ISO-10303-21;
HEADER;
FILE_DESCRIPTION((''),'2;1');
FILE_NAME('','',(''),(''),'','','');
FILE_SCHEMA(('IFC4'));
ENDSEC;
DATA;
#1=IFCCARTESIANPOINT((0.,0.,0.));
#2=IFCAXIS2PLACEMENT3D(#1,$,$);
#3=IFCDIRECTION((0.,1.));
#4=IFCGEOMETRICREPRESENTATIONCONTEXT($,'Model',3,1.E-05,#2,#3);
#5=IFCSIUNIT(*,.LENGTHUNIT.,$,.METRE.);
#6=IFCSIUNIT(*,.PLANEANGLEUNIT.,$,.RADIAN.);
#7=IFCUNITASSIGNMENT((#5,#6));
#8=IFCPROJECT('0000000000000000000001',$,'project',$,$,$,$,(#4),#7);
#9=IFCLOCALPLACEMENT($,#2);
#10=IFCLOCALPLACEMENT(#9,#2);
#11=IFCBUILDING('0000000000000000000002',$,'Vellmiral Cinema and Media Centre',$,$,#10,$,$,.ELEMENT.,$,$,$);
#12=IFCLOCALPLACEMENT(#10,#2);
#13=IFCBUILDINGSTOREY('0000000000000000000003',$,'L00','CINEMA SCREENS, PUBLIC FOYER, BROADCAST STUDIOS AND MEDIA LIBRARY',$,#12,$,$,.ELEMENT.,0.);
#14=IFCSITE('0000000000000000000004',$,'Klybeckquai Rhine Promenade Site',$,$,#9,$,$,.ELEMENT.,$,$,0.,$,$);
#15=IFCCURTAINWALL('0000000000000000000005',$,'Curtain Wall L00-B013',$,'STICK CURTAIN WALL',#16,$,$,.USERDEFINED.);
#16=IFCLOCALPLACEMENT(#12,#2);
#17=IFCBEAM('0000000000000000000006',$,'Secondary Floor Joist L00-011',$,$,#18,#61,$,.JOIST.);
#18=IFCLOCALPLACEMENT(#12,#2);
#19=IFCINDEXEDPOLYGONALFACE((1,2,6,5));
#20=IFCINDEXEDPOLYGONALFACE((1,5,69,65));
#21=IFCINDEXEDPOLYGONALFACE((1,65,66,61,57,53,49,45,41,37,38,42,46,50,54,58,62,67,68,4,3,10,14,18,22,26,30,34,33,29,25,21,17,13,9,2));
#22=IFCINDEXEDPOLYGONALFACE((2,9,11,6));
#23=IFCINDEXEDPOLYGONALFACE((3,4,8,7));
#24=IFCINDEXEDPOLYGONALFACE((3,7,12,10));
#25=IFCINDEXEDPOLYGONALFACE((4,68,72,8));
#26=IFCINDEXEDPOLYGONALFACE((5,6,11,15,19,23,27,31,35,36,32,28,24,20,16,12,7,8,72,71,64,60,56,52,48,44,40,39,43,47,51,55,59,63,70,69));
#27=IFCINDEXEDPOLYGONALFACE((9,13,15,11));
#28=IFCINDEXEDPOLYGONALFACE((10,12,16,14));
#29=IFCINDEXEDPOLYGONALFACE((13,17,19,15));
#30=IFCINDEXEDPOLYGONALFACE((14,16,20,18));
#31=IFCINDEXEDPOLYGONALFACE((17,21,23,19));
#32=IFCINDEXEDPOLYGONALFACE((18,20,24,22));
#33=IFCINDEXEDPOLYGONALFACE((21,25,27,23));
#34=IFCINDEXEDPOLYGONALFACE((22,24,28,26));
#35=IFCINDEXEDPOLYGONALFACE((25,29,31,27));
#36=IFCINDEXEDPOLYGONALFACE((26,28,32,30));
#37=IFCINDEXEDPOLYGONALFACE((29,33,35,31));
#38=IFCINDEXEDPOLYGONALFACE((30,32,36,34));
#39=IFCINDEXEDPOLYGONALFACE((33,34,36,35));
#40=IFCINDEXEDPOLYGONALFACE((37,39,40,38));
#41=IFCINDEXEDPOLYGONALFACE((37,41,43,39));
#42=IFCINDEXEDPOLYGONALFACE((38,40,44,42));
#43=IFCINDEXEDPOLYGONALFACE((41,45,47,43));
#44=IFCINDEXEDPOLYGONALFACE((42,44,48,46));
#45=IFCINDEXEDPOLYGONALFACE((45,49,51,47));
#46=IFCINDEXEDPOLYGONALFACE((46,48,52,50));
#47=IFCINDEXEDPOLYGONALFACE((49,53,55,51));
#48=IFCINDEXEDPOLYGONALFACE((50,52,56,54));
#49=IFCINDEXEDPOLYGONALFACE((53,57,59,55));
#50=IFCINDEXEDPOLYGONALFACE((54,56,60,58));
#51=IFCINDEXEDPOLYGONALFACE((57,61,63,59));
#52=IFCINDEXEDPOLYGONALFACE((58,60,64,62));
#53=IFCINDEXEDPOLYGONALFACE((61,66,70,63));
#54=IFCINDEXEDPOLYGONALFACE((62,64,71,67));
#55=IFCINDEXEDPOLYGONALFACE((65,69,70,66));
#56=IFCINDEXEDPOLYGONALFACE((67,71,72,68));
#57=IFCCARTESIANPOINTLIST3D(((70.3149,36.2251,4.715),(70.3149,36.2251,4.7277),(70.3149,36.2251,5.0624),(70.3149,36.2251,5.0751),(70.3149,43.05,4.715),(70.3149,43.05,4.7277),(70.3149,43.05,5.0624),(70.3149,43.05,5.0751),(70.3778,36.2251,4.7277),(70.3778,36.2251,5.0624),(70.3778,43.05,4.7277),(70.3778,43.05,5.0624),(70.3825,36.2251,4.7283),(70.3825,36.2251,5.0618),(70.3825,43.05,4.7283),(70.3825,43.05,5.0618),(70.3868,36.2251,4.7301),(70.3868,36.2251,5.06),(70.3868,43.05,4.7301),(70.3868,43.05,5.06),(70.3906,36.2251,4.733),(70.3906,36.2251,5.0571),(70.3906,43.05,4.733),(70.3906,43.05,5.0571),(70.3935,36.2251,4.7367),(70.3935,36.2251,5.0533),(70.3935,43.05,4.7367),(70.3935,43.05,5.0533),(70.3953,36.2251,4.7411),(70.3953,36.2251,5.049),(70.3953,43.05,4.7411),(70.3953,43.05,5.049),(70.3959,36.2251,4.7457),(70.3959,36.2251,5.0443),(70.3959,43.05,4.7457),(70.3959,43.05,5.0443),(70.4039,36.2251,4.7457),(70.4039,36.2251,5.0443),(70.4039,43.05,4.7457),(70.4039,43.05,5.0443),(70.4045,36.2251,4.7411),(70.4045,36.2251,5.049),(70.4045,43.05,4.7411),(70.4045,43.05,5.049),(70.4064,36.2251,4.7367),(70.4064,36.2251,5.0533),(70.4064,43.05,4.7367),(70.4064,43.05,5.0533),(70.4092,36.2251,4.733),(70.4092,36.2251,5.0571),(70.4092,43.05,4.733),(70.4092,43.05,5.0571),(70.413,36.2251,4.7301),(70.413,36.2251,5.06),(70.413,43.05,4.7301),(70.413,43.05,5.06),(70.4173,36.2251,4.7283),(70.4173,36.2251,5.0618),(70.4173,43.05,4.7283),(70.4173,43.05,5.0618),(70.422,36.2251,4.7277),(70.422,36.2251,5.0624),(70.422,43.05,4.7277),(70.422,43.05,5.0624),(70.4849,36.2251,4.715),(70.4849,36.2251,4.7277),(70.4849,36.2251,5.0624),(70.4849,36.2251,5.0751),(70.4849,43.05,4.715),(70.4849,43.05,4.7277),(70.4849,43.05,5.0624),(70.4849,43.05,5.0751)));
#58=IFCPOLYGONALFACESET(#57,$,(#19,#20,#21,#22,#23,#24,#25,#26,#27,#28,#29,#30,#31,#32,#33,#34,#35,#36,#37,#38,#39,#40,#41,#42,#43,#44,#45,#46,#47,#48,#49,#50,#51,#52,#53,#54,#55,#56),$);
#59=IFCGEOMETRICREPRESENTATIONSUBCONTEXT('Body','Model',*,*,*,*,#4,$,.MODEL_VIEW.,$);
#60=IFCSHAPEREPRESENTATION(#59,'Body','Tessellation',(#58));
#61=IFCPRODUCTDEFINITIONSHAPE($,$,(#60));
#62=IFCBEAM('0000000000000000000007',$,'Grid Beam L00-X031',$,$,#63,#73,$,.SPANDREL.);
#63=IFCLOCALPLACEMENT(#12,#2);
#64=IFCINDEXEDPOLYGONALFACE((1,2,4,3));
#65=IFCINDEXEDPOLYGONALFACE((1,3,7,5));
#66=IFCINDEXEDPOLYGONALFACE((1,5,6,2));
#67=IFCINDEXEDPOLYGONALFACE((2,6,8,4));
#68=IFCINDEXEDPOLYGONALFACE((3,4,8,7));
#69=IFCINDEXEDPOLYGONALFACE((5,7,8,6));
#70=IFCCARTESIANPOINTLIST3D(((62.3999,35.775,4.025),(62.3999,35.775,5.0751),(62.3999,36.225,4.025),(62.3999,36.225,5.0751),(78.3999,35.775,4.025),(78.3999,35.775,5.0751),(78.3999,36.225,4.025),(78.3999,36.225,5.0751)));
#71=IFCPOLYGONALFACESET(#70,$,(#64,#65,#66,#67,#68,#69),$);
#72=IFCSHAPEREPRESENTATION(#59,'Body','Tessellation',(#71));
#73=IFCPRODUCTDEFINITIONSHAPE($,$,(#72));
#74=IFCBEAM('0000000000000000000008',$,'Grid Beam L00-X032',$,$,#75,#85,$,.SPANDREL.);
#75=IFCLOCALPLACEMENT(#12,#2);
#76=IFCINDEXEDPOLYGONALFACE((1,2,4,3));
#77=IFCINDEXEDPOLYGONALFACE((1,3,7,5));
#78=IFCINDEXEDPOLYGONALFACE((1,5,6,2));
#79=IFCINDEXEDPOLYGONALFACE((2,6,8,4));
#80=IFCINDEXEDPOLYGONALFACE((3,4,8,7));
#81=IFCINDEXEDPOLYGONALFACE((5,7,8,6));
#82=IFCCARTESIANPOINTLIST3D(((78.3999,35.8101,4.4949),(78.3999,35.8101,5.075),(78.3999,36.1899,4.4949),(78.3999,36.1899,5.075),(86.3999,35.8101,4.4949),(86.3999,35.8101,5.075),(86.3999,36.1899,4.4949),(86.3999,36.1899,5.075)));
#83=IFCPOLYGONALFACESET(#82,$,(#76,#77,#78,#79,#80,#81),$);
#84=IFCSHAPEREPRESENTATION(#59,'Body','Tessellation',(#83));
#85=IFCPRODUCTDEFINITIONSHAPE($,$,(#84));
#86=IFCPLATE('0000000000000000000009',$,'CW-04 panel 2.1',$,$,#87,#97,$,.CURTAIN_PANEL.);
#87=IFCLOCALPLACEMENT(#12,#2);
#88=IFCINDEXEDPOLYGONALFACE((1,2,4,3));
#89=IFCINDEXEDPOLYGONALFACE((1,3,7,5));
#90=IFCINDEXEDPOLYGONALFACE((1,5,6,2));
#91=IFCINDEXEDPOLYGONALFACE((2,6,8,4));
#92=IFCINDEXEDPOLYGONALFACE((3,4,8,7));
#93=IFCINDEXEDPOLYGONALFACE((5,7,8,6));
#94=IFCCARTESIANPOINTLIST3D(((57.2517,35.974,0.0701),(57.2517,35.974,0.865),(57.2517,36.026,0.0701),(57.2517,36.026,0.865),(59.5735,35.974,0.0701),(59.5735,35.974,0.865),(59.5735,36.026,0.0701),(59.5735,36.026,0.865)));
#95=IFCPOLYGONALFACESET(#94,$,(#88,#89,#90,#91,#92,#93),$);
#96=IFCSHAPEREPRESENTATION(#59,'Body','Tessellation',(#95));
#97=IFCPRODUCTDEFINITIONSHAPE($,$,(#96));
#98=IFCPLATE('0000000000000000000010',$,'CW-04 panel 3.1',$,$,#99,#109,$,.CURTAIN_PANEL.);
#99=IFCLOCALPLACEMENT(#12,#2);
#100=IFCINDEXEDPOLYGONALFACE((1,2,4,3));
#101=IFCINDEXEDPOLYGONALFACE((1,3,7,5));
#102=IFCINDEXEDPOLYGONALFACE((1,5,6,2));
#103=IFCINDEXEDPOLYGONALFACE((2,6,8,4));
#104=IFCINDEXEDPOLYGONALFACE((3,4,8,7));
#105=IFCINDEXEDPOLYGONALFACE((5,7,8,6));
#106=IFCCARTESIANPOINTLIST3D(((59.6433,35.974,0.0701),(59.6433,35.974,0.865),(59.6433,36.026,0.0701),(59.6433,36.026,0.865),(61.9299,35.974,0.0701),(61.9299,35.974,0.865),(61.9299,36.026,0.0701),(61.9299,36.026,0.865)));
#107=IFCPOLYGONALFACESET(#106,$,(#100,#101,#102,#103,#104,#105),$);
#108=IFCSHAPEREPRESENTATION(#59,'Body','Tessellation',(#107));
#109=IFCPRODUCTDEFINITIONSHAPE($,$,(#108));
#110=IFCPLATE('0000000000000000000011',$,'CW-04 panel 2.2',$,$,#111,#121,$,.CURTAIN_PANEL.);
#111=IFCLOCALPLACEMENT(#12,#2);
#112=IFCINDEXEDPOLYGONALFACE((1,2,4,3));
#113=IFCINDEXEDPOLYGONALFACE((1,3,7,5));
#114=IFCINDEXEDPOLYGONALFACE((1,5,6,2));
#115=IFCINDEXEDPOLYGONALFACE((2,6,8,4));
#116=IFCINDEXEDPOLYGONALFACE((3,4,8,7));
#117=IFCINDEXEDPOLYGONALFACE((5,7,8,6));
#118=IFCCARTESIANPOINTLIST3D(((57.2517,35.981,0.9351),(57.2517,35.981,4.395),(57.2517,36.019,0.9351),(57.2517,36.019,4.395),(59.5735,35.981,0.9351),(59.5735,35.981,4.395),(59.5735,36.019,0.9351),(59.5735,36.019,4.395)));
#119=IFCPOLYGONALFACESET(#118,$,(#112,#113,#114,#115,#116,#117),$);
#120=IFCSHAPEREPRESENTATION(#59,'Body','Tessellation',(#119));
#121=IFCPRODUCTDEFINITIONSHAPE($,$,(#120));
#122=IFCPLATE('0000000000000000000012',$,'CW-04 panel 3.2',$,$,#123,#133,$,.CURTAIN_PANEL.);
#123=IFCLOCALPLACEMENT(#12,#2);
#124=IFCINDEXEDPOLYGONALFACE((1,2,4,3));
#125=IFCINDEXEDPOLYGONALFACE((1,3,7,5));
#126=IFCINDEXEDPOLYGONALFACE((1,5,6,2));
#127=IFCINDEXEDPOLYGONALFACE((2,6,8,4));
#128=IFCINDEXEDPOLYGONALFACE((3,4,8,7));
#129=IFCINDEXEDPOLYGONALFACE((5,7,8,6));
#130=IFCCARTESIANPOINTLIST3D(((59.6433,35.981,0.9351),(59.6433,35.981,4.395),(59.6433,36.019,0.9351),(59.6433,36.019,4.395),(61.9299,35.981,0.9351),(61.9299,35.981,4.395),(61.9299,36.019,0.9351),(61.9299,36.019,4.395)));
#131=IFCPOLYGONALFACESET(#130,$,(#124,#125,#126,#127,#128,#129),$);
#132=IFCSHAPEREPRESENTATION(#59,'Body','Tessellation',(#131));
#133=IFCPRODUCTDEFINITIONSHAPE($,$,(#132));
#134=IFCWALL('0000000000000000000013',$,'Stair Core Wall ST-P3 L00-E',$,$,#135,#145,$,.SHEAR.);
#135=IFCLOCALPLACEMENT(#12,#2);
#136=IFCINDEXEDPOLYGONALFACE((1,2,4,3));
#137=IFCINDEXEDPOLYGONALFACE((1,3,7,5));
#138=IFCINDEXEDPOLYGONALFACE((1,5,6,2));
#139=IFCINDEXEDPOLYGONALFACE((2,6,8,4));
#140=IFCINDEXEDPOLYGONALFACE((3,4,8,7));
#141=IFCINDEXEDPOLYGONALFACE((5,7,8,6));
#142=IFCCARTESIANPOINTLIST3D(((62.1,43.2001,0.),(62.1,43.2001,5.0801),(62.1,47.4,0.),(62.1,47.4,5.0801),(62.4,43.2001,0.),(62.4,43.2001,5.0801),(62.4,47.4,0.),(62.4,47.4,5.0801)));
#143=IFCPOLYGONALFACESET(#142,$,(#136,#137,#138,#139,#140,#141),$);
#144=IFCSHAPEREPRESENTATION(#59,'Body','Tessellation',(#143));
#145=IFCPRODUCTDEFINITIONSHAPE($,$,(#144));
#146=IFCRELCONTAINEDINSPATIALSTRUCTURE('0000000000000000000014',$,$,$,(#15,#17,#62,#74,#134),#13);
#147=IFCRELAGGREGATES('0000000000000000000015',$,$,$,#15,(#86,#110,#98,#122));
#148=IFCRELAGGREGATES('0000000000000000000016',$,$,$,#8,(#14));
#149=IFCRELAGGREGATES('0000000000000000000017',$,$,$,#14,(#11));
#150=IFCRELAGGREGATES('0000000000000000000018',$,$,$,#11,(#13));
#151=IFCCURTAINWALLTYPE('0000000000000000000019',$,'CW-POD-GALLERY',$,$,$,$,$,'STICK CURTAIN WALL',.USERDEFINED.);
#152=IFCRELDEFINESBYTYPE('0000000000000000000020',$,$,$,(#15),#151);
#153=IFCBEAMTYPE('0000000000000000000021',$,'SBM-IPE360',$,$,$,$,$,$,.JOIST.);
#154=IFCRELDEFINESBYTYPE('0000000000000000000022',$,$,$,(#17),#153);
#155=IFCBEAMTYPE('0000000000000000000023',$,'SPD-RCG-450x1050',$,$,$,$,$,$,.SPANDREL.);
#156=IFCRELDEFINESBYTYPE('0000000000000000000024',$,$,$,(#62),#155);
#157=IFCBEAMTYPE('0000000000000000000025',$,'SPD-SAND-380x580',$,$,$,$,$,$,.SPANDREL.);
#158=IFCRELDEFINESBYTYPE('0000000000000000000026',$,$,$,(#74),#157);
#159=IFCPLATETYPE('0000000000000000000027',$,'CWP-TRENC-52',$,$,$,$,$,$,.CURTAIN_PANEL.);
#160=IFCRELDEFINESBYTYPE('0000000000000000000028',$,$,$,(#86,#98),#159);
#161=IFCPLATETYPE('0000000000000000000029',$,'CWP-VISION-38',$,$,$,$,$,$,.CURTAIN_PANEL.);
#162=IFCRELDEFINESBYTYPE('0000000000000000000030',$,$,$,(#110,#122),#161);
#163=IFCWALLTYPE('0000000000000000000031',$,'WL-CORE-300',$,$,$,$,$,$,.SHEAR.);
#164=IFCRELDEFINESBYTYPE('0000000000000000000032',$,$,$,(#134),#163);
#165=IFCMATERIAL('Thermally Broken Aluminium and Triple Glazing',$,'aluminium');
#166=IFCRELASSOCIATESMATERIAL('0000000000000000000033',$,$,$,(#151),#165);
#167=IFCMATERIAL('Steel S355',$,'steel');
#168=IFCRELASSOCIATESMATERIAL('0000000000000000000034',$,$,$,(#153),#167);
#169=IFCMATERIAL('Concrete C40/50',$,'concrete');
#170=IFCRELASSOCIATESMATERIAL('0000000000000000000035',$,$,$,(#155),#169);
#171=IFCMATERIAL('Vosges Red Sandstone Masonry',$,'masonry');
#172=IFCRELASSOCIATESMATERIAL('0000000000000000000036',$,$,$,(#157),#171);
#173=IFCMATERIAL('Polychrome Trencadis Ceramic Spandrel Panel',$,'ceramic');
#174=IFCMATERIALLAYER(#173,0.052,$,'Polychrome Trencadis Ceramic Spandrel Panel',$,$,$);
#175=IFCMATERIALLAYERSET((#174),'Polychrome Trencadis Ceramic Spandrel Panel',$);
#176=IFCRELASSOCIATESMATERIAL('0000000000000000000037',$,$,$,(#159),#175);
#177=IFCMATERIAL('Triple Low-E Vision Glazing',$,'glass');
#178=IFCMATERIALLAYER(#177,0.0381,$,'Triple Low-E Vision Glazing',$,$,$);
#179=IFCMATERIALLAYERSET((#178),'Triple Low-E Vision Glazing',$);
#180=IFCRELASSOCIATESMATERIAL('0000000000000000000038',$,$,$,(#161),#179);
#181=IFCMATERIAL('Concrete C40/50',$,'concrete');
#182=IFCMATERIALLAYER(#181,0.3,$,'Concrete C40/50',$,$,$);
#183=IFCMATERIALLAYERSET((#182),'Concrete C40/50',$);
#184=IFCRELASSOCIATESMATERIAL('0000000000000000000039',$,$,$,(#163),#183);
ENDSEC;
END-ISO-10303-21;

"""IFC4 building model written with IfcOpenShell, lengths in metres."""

from ifc_helpers import new_model, si_unit, direction, frame, frame_2d, origin, origin_2d, place, context, subcontext, project, spatial, rectangle, i_section, extrude, material, layer, layer_set, material_profile, profile_set, type_object, element, aggregate, save


model = new_model("IFC4")

# Units and contexts
model_context = context("Model", 3, precision=1e-05, world=origin(), true_north=direction((0.0, 1.0)))
body_context = subcontext(model_context, "Body", "Model", "MODEL_VIEW")
ifc_project = project(units=[si_unit("LENGTHUNIT", "METRE"), si_unit("PLANEANGLEUNIT", "RADIAN")], contexts=[model_context])

# Site, building, storey
site_placement = place(None, origin())
site = spatial("IfcSite", under=ifc_project, at=site_placement, Name="Klybeckquai Rhine Promenade Site", CompositionType="ELEMENT", RefElevation=0.0)
building_placement = place(site_placement, origin())
building = spatial("IfcBuilding", under=site, at=building_placement, Name="Vellmiral Cinema and Media Centre", CompositionType="ELEMENT")
storey_placement = place(building_placement, origin())
storey = spatial("IfcBuildingStorey", under=building, at=storey_placement, Name="L00", Description="CINEMA SCREENS, PUBLIC FOYER, BROADCAST STUDIOS AND MEDIA LIBRARY", CompositionType="ELEMENT", Elevation=0.0)

# Curtain wall
ifc_material_1 = material(Name="Thermally Broken Aluminium and Triple Glazing", Category="aluminium")
curtain_wall_type = type_object("IfcCurtainWallType", Name="CW-POD-GALLERY", ElementType="STICK CURTAIN WALL", PredefinedType="USERDEFINED", material=ifc_material_1)
curtain_wall_placement = place(storey_placement, origin())
curtain_wall = element("IfcCurtainWall", 1, at=curtain_wall_placement, inside=storey, type_object=curtain_wall_type, Name="Curtain Wall L00-B013", ObjectType="STICK CURTAIN WALL", PredefinedType="USERDEFINED")

# Beams
ifc_material_2 = material(Name="Steel S355", Category="steel")
ifc_material_profile_1 = material_profile(ifc_material_2, i_section(OverallWidth=0.1699, OverallDepth=0.3601, WebThickness=0.0081, FlangeThickness=0.0127, FilletRadius=0.0181, at=origin_2d()), Name="IPE 360")
ifc_profile_set_1 = profile_set([ifc_material_profile_1], Name="Steel S355")
beam_type_1 = type_object("IfcBeamType", Name="SBM-IPE360", PredefinedType="JOIST", material=ifc_profile_set_1)
beam_1_placement = place(storey_placement, frame((70.3999, 36.2251, 4.895), z_axis=(0.0, 1.0, 0.0), x_axis=(-1.0, 0.0, 0.0)))
element("IfcBeam", 2, at=beam_1_placement, inside=storey, type_object=beam_type_1, Name="Secondary Floor Joist L00-011", PredefinedType="JOIST", context=body_context, shape_type="SweptSolid", body=[
    extrude(i_section(OverallWidth=0.1699, OverallDepth=0.3601, WebThickness=0.0081, FlangeThickness=0.0127, FilletRadius=0.0181, at=origin_2d()), origin(), (0.0, 0.0, 1.0), 6.825),
])
ifc_material_3 = material(Name="Concrete C40/50", Category="concrete")
ifc_material_profile_2 = material_profile(ifc_material_3, rectangle(XDim=0.45, YDim=1.05, at=origin_2d()), Name="RC 450x1050")
ifc_profile_set_2 = profile_set([ifc_material_profile_2], Name="Concrete C40/50")
beam_type_2 = type_object("IfcBeamType", Name="SPD-RCG-450x1050", PredefinedType="SPANDREL", material=ifc_profile_set_2)
beam_2_placement = place(storey_placement, frame((62.3999, 36.0, 4.55), z_axis=(1.0, 0.0, 0.0), x_axis=(0.0, 1.0, 0.0)))
element("IfcBeam", 3, at=beam_2_placement, inside=storey, type_object=beam_type_2, Name="Grid Beam L00-X031", PredefinedType="SPANDREL", context=body_context, shape_type="SweptSolid", body=[
    extrude(rectangle(XDim=0.45, YDim=1.05, at=origin_2d()), origin(), (0.0, 0.0, 1.0), 16.0),
])
ifc_material_4 = material(Name="Vosges Red Sandstone Masonry", Category="masonry")
ifc_material_profile_3 = material_profile(ifc_material_4, rectangle(XDim=0.3799, YDim=0.5801, at=origin_2d()), Name="SAND 380x580")
ifc_profile_set_3 = profile_set([ifc_material_profile_3], Name="Vosges Red Sandstone Masonry")
beam_type_3 = type_object("IfcBeamType", Name="SPD-SAND-380x580", PredefinedType="SPANDREL", material=ifc_profile_set_3)
beam_3_placement = place(storey_placement, frame((78.3999, 36.0, 4.7849), z_axis=(1.0, 0.0, 0.0), x_axis=(0.0, 1.0, 0.0)))
element("IfcBeam", 4, at=beam_3_placement, inside=storey, type_object=beam_type_3, Name="Grid Beam L00-X032", PredefinedType="SPANDREL", context=body_context, shape_type="SweptSolid", body=[
    extrude(rectangle(XDim=0.3799, YDim=0.5801, at=origin_2d()), origin(), (0.0, 0.0, 1.0), 8.0),
])

# Plates
ifc_material_5 = material(Name="Polychrome Trencadis Ceramic Spandrel Panel", Category="ceramic")
ifc_layer_1 = layer(ifc_material_5, 0.052, Name="Polychrome Trencadis Ceramic Spandrel Panel")
ifc_layer_set_1 = layer_set([ifc_layer_1], Name="Polychrome Trencadis Ceramic Spandrel Panel")
plate_type_1 = type_object("IfcPlateType", Name="CWP-TRENC-52", PredefinedType="CURTAIN_PANEL", material=ifc_layer_set_1)
plate_1_placement = place(storey_placement, frame((58.4126, 36.0, 0.0701), z_axis=(0.0, 0.0, 1.0), x_axis=(1.0, 0.0, 0.0)))
plate_1 = element("IfcPlate", 5, at=plate_1_placement, type_object=plate_type_1, Name="CW-04 panel 2.1", PredefinedType="CURTAIN_PANEL", context=body_context, shape_type="SweptSolid", body=[
    extrude(rectangle(XDim=2.3218, YDim=0.052, at=origin_2d()), origin(), (0.0, 0.0, 1.0), 0.7949),
])
plate_2_placement = place(storey_placement, frame((60.7866, 36.0, 0.0701), z_axis=(0.0, 0.0, 1.0), x_axis=(1.0, 0.0, 0.0)))
plate_2 = element("IfcPlate", 6, at=plate_2_placement, type_object=plate_type_1, Name="CW-04 panel 3.1", PredefinedType="CURTAIN_PANEL", context=body_context, shape_type="SweptSolid", body=[
    extrude(rectangle(XDim=2.2866, YDim=0.052, at=origin_2d()), origin(), (0.0, 0.0, 1.0), 0.7949),
])
ifc_material_6 = material(Name="Triple Low-E Vision Glazing", Category="glass")
ifc_layer_2 = layer(ifc_material_6, 0.0381, Name="Triple Low-E Vision Glazing")
ifc_layer_set_2 = layer_set([ifc_layer_2], Name="Triple Low-E Vision Glazing")
plate_type_2 = type_object("IfcPlateType", Name="CWP-VISION-38", PredefinedType="CURTAIN_PANEL", material=ifc_layer_set_2)
plate_3_placement = place(storey_placement, frame((58.4126, 36.0, 0.9351), z_axis=(0.0, 0.0, 1.0), x_axis=(1.0, 0.0, 0.0)))
plate_3 = element("IfcPlate", 7, at=plate_3_placement, type_object=plate_type_2, Name="CW-04 panel 2.2", PredefinedType="CURTAIN_PANEL", context=body_context, shape_type="SweptSolid", body=[
    extrude(rectangle(XDim=2.3218, YDim=0.0381, at=origin_2d()), origin(), (0.0, 0.0, 1.0), 3.46),
])
plate_4_placement = place(storey_placement, frame((60.7866, 36.0, 0.9351), z_axis=(0.0, 0.0, 1.0), x_axis=(1.0, 0.0, 0.0)))
plate_4 = element("IfcPlate", 8, at=plate_4_placement, type_object=plate_type_2, Name="CW-04 panel 3.2", PredefinedType="CURTAIN_PANEL", context=body_context, shape_type="SweptSolid", body=[
    extrude(rectangle(XDim=2.2866, YDim=0.0381, at=origin_2d()), origin(), (0.0, 0.0, 1.0), 3.46),
])
aggregate(curtain_wall, [plate_1, plate_3, plate_2, plate_4])

# Wall
ifc_material_7 = material(Name="Concrete C40/50", Category="concrete")
ifc_layer_3 = layer(ifc_material_7, 0.3, Name="Concrete C40/50")
ifc_layer_set_3 = layer_set([ifc_layer_3], Name="Concrete C40/50")
wall_type_1 = type_object("IfcWallType", Name="WL-CORE-300", PredefinedType="SHEAR", material=ifc_layer_set_3)
wall_1_placement = place(storey_placement, frame((62.25, 43.2, 0.0), z_axis=(0.0, 0.0, 1.0), x_axis=(0.0, 1.0, 0.0)))
element("IfcWall", 9, at=wall_1_placement, inside=storey, type_object=wall_type_1, Name="Stair Core Wall ST-P3 L00-E", PredefinedType="SHEAR", context=body_context, shape_type="SweptSolid", body=[
    extrude(rectangle(XDim=4.2, YDim=0.3, at=frame_2d((2.1001, 0.0))), origin(), (0.0, 0.0, 1.0), 5.0801),
])

save(model, "model.ifc")
